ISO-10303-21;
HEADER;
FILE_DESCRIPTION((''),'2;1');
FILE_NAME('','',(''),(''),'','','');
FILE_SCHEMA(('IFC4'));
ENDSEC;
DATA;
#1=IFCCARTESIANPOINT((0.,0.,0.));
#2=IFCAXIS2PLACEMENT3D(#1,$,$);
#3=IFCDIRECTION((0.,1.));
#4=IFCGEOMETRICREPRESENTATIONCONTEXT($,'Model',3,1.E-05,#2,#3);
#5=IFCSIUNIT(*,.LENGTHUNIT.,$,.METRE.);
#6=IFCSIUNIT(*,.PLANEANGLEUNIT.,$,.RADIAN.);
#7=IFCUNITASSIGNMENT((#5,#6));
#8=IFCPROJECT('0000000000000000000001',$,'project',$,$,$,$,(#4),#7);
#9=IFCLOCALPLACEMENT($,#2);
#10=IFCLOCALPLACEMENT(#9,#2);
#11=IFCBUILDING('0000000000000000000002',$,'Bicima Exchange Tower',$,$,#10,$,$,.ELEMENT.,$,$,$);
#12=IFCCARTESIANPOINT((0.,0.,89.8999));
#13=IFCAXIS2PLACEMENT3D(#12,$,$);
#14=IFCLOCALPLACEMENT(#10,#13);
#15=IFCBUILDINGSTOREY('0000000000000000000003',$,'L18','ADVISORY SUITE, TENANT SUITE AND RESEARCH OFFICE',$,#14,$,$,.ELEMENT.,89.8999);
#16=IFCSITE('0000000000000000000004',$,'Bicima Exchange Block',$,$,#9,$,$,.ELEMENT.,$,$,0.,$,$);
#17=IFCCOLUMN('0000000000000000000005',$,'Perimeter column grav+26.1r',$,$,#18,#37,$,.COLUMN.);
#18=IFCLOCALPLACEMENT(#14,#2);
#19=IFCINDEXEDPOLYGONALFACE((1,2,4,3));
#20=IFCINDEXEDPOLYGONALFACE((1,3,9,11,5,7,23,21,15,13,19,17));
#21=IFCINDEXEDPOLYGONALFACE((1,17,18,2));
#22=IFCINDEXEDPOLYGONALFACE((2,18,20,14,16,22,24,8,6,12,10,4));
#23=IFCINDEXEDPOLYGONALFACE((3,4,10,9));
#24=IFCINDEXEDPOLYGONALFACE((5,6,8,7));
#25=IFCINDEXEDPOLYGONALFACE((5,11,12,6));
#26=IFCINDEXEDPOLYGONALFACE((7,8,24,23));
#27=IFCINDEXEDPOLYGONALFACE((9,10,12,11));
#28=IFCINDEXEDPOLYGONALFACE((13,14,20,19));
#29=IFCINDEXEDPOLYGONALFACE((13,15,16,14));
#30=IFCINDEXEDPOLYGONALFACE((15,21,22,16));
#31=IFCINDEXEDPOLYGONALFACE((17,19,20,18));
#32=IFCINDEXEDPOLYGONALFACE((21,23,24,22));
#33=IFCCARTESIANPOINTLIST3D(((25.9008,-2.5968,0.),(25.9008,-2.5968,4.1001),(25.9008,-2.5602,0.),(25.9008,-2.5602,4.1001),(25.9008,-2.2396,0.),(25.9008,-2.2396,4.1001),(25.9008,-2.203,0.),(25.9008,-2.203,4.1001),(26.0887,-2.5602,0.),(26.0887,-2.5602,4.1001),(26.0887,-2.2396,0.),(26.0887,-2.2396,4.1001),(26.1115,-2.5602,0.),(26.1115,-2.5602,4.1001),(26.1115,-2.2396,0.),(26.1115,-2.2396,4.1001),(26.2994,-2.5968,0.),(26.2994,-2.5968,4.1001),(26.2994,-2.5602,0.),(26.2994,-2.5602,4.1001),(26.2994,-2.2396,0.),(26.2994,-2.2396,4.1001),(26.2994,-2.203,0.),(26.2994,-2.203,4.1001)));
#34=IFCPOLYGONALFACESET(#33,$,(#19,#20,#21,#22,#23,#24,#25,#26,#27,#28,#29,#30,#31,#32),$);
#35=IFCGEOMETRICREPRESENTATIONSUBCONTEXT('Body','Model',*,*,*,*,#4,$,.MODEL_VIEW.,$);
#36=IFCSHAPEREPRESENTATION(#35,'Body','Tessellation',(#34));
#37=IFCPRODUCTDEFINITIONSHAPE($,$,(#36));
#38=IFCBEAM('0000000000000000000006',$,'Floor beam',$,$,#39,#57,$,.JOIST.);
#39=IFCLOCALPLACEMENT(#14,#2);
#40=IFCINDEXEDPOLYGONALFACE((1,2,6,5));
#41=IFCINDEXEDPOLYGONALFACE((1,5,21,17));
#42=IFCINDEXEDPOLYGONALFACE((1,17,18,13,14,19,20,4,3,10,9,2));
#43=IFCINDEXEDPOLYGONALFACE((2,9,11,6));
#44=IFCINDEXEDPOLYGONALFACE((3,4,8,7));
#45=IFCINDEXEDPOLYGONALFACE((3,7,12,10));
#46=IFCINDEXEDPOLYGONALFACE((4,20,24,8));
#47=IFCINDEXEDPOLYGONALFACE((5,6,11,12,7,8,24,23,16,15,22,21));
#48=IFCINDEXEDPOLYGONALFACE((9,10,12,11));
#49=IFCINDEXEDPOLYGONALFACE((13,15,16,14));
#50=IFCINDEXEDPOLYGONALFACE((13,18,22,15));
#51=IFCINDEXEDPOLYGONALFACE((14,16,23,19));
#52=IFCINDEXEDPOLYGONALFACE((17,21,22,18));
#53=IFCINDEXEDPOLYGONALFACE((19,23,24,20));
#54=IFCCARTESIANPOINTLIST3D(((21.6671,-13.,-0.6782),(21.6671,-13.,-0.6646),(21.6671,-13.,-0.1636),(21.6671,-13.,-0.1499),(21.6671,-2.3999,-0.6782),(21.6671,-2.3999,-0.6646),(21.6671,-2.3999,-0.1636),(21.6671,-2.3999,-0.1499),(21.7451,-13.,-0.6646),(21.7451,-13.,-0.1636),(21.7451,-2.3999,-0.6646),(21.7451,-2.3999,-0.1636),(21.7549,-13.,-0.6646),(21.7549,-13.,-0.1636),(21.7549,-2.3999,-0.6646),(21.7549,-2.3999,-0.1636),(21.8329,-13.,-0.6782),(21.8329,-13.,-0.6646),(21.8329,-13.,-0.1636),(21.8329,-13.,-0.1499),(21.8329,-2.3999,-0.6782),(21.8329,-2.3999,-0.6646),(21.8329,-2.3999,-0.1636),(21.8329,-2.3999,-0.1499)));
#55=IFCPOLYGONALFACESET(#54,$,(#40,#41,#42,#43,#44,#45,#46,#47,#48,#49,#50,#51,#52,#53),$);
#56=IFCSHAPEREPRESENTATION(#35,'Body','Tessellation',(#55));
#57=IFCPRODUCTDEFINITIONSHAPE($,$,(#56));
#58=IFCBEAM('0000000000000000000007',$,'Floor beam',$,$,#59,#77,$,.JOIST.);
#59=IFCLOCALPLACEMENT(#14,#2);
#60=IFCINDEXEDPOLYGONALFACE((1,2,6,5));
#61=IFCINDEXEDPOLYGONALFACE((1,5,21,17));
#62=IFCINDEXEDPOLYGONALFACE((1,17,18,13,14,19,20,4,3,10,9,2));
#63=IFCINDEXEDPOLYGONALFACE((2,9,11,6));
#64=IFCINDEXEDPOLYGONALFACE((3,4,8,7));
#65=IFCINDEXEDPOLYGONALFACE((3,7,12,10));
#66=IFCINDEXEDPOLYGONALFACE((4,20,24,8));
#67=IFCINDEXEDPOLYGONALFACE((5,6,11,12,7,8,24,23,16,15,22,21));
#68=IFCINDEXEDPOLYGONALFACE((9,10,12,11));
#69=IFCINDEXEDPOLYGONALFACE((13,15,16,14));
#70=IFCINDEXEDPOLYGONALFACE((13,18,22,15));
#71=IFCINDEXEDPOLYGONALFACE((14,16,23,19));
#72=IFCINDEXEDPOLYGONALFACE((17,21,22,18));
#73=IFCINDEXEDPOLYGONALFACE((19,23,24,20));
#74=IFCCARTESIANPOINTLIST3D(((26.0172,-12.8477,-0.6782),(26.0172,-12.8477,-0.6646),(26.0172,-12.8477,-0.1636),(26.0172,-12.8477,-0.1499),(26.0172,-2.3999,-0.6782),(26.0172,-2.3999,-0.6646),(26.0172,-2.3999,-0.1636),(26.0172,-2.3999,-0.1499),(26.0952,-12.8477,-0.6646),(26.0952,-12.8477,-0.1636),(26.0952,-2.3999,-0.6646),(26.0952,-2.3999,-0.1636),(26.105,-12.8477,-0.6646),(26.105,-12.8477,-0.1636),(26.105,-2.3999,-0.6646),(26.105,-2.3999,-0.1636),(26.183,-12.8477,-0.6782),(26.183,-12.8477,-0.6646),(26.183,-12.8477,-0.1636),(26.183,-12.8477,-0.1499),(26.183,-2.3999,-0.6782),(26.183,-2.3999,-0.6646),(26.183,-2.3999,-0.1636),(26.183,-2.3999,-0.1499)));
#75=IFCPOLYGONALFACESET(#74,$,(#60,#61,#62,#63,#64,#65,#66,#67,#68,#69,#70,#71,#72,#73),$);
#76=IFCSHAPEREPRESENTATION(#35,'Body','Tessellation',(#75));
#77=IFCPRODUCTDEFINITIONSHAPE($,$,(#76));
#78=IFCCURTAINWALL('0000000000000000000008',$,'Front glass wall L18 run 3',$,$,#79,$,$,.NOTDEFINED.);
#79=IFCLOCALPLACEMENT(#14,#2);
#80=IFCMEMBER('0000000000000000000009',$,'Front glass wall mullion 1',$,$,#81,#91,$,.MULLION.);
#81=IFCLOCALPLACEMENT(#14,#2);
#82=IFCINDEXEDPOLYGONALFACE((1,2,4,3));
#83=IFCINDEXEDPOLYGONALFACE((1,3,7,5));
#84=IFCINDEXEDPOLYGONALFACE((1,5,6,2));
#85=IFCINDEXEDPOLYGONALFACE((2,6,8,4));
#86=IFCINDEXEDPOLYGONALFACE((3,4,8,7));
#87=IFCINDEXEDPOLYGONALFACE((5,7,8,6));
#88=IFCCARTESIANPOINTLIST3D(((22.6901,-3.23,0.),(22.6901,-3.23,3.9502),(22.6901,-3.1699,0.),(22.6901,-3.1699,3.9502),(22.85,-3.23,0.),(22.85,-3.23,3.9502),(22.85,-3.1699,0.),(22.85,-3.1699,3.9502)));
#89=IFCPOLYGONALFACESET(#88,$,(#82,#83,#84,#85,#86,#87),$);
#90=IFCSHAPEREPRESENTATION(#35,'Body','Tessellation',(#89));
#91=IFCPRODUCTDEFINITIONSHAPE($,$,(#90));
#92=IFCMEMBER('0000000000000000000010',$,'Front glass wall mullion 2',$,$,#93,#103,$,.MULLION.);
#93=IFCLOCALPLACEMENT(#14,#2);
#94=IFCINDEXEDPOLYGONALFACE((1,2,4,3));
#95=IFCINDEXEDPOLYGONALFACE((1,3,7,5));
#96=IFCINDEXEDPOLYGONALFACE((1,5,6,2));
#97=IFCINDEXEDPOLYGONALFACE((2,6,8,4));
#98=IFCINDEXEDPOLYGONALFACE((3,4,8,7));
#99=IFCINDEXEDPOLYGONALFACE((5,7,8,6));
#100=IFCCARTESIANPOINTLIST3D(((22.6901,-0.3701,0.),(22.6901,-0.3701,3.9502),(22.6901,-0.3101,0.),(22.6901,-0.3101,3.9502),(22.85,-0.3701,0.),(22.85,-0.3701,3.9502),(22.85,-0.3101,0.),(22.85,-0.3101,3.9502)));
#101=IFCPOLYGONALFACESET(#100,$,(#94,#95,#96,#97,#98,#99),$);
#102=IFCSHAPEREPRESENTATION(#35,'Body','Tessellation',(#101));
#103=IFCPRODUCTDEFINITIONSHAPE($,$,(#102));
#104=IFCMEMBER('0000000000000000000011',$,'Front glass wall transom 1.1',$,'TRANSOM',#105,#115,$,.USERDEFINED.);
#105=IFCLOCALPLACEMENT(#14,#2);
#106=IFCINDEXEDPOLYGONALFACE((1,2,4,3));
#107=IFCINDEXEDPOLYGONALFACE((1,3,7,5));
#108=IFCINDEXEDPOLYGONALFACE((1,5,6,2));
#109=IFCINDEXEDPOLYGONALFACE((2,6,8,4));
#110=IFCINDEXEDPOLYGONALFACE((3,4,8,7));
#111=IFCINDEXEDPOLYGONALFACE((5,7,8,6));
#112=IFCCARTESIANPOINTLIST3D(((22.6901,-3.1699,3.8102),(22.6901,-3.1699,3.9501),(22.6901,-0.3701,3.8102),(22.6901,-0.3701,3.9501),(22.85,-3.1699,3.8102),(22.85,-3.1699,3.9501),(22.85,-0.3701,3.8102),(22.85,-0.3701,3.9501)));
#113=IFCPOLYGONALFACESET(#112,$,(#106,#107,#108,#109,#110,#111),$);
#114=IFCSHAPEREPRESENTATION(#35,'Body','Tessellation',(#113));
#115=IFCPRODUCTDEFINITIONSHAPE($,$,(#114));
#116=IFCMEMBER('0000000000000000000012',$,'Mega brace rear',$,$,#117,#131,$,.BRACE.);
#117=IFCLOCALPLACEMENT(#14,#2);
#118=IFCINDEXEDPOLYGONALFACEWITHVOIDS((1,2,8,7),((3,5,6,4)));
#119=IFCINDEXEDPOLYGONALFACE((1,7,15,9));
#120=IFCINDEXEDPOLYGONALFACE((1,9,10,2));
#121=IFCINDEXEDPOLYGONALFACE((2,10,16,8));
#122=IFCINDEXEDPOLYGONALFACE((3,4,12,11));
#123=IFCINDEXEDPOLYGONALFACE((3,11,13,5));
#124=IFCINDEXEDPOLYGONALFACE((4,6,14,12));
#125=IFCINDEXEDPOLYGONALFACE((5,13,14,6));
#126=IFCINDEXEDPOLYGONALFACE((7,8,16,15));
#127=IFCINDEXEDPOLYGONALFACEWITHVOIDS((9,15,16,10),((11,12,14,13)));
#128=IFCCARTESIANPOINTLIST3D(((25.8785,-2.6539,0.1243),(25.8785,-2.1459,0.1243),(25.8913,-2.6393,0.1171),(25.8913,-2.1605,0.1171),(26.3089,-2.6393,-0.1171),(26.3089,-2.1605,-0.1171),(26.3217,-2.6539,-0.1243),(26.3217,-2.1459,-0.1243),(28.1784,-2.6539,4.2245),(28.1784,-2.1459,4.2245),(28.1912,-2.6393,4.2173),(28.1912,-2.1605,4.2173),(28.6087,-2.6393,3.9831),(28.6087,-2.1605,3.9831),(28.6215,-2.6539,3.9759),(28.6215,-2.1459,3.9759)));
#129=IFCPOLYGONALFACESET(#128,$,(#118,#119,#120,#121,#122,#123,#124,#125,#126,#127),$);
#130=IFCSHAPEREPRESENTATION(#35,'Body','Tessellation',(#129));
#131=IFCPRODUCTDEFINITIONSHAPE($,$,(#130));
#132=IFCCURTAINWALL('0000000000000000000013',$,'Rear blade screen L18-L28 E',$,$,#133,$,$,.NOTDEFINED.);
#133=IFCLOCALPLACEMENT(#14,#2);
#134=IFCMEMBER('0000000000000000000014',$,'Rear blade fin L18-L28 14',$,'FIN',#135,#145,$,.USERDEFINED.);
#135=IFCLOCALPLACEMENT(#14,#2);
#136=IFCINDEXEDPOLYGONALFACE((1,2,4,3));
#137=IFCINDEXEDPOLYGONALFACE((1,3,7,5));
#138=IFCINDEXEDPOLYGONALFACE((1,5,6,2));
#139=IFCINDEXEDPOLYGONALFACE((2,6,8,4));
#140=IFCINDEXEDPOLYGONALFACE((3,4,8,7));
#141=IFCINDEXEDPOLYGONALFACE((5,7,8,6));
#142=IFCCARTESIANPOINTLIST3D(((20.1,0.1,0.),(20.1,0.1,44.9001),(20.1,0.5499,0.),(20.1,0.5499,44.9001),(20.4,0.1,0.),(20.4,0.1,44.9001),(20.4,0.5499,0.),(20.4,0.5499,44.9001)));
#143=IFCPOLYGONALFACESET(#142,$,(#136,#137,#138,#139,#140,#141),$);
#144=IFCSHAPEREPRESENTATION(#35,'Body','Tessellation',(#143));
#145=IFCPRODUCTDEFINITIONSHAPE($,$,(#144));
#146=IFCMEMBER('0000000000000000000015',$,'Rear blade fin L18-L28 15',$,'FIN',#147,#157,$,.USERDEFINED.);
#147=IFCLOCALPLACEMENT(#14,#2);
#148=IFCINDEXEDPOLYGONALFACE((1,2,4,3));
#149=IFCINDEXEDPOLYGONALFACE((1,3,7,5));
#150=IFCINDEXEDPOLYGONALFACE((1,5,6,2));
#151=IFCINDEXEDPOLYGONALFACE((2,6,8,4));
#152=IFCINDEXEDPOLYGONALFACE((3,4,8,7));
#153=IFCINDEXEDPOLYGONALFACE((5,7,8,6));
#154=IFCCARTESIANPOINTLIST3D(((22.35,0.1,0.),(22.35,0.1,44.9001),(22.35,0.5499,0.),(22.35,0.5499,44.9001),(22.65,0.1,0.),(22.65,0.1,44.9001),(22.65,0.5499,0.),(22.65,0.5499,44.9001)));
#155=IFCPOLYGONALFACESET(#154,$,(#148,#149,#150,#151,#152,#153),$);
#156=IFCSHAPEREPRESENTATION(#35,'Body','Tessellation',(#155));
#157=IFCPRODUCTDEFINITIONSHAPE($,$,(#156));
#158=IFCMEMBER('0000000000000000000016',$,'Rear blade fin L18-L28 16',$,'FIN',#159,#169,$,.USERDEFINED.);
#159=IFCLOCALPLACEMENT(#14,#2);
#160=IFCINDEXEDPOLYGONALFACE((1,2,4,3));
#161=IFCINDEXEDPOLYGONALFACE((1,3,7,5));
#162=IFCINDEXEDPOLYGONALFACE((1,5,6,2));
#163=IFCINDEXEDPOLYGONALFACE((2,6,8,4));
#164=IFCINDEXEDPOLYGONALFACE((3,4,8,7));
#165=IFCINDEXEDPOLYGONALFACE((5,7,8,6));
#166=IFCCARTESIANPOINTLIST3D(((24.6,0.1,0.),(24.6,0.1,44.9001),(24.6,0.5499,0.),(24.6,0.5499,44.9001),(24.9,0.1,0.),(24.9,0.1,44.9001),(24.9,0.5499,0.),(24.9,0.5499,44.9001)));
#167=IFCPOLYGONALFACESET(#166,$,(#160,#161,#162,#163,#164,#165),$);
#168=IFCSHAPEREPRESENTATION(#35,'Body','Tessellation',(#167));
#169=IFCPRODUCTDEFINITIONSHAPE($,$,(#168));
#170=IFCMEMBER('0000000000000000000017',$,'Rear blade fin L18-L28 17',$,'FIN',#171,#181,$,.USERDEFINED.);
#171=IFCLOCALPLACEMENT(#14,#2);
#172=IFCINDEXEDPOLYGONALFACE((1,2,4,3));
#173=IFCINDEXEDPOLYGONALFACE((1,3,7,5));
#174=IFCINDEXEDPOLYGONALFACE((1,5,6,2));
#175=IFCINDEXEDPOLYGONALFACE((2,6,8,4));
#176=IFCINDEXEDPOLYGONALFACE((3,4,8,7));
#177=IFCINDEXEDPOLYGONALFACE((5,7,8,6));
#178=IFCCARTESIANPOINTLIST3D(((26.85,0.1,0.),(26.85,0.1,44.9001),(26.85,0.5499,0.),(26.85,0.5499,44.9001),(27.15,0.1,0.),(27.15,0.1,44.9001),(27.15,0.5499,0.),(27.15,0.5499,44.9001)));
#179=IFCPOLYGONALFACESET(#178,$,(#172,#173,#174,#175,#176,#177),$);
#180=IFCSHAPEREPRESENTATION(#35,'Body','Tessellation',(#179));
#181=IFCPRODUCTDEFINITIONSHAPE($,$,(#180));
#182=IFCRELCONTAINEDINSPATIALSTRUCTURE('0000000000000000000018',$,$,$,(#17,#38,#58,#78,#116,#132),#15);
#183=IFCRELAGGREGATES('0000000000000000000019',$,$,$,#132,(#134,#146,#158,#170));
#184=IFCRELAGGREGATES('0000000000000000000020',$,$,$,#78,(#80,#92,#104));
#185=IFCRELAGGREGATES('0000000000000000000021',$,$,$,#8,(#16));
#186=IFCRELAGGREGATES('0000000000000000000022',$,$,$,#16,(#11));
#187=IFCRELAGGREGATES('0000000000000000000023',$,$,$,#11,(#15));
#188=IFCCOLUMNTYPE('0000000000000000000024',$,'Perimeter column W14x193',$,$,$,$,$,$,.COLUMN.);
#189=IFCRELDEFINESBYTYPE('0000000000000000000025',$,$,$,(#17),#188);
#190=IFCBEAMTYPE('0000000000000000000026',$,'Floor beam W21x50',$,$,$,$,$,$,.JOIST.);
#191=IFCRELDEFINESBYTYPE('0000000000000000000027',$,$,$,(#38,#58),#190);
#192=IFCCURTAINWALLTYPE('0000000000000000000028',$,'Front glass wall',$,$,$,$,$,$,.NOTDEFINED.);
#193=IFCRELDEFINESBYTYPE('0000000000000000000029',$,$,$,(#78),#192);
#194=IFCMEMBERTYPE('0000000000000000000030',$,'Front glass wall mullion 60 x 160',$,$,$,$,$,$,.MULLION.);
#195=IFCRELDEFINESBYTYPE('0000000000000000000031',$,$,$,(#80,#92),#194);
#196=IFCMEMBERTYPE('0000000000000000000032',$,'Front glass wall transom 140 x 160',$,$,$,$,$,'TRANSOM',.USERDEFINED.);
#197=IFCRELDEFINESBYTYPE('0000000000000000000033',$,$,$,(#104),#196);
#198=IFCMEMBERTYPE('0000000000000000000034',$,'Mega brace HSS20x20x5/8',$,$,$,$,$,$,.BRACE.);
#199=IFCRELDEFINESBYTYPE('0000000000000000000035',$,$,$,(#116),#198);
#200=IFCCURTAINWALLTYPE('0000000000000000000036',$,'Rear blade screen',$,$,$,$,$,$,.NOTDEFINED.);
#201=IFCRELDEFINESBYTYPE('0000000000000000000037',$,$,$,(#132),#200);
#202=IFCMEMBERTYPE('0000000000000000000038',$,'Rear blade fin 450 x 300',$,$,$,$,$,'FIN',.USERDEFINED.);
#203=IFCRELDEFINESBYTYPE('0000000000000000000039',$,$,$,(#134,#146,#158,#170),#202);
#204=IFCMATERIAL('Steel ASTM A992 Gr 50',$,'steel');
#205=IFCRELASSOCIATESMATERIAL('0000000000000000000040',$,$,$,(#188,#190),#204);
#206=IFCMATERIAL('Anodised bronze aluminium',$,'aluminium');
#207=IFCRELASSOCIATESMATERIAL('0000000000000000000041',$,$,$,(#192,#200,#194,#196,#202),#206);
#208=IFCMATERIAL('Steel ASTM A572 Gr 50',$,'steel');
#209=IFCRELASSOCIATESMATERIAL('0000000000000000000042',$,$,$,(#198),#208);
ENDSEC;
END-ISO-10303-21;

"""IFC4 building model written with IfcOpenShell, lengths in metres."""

from ifc_helpers import new_model, si_unit, direction, frame, origin, origin_2d, place, context, subcontext, project, spatial, rectangle, hollow_rectangle, i_section, extrude, material, material_profile, profile_set, type_object, element, aggregate, save


model = new_model("IFC4")

# Units and contexts
model_context = context("Model", 3, precision=1e-05, world=origin(), true_north=direction((0.0, 1.0)))
body_context = subcontext(model_context, "Body", "Model", "MODEL_VIEW")
ifc_project = project(units=[si_unit("LENGTHUNIT", "METRE"), si_unit("PLANEANGLEUNIT", "RADIAN")], contexts=[model_context])

# Site, building, storey
site_placement = place(None, origin())
site = spatial("IfcSite", under=ifc_project, at=site_placement, Name="Bicima Exchange Block", CompositionType="ELEMENT", RefElevation=0.0)
building_placement = place(site_placement, origin())
building = spatial("IfcBuilding", under=site, at=building_placement, Name="Bicima Exchange Tower", CompositionType="ELEMENT")
storey_placement = place(building_placement, frame((0.0, 0.0, 89.8999)))
storey = spatial("IfcBuildingStorey", under=building, at=storey_placement, Name="L18", Description="ADVISORY SUITE, TENANT SUITE AND RESEARCH OFFICE", CompositionType="ELEMENT", Elevation=89.8999)

# Column
ifc_material_1 = material(Name="Steel ASTM A992 Gr 50", Category="steel")
ifc_material_profile_1 = material_profile(ifc_material_1, i_section(OverallWidth=0.3987, OverallDepth=0.3938, WebThickness=0.0227, FlangeThickness=0.0366, at=origin_2d()))
ifc_profile_set_1 = profile_set([ifc_material_profile_1], Name="Steel ASTM A992 Gr 50")
column_type = type_object("IfcColumnType", Name="Perimeter column W14x193", PredefinedType="COLUMN", material=ifc_profile_set_1)
column_placement = place(storey_placement, frame((26.1001, -2.3999, 0.0), z_axis=(0.0, 0.0, 1.0), x_axis=(1.0, 0.0, 0.0)))
element("IfcColumn", 1, at=column_placement, inside=storey, type_object=column_type, Name="Perimeter column grav+26.1r", PredefinedType="COLUMN", context=body_context, shape_type="SweptSolid", body=[
    extrude(i_section(OverallWidth=0.3987, OverallDepth=0.3938, WebThickness=0.0227, FlangeThickness=0.0366, at=origin_2d()), origin(), (0.0, 0.0, 1.0), 4.1001),
])

# Beams
ifc_material_profile_2 = material_profile(ifc_material_1, i_section(OverallWidth=0.1658, OverallDepth=0.5283, WebThickness=0.0098, FlangeThickness=0.0137, at=origin_2d()))
ifc_profile_set_2 = profile_set([ifc_material_profile_2], Name="Steel ASTM A992 Gr 50")
beam_type = type_object("IfcBeamType", Name="Floor beam W21x50", PredefinedType="JOIST", material=ifc_profile_set_2)
beam_1_placement = place(storey_placement, frame((21.75, -2.3999, -0.4141), z_axis=(0.0, -1.0, 0.0), x_axis=(1.0, 0.0, 0.0)))
element("IfcBeam", 2, at=beam_1_placement, inside=storey, type_object=beam_type, Name="Floor beam", PredefinedType="JOIST", context=body_context, shape_type="SweptSolid", body=[
    extrude(i_section(OverallWidth=0.1658, OverallDepth=0.5283, WebThickness=0.0098, FlangeThickness=0.0137, at=origin_2d()), origin(), (0.0, 0.0, 1.0), 10.6001),
])
beam_2_placement = place(storey_placement, frame((26.1001, -2.3999, -0.4141), z_axis=(0.0, -1.0, 0.0), x_axis=(1.0, 0.0, 0.0)))
element("IfcBeam", 3, at=beam_2_placement, inside=storey, type_object=beam_type, Name="Floor beam", PredefinedType="JOIST", context=body_context, shape_type="SweptSolid", body=[
    extrude(i_section(OverallWidth=0.1658, OverallDepth=0.5283, WebThickness=0.0098, FlangeThickness=0.0137, at=origin_2d()), origin(), (0.0, 0.0, 1.0), 10.4478),
])

# Curtain wall, members
ifc_material_2 = material(Name="Anodised bronze aluminium", Category="aluminium")
curtain_wall_type_1 = type_object("IfcCurtainWallType", Name="Front glass wall", PredefinedType="NOTDEFINED", material=ifc_material_2)
curtain_wall_1_placement = place(storey_placement, origin())
curtain_wall_1 = element("IfcCurtainWall", 4, at=curtain_wall_1_placement, inside=storey, type_object=curtain_wall_type_1, Name="Front glass wall L18 run 3", PredefinedType="NOTDEFINED")
ifc_material_profile_3 = material_profile(ifc_material_2, rectangle(XDim=0.1599, YDim=0.0601, at=origin_2d()))
ifc_profile_set_3 = profile_set([ifc_material_profile_3], Name="Anodised bronze aluminium")
member_type_1 = type_object("IfcMemberType", Name="Front glass wall mullion 60 x 160", PredefinedType="MULLION", material=ifc_profile_set_3)
member_1_placement = place(storey_placement, frame((22.77, -3.2, 0.0), z_axis=(0.0, 0.0, 1.0), x_axis=(-1.0, 0.0, 0.0)))
member_1 = element("IfcMember", 5, at=member_1_placement, type_object=member_type_1, Name="Front glass wall mullion 1", PredefinedType="MULLION", context=body_context, shape_type="SweptSolid", body=[
    extrude(rectangle(XDim=0.1599, YDim=0.0601, at=origin_2d()), origin(), (0.0, 0.0, 1.0), 3.9502),
])
member_2_placement = place(storey_placement, frame((22.77, -0.3401, 0.0), z_axis=(0.0, 0.0, 1.0), x_axis=(-1.0, 0.0, 0.0)))
member_2 = element("IfcMember", 6, at=member_2_placement, type_object=member_type_1, Name="Front glass wall mullion 2", PredefinedType="MULLION", context=body_context, shape_type="SweptSolid", body=[
    extrude(rectangle(XDim=0.1599, YDim=0.0601, at=origin_2d()), origin(), (0.0, 0.0, 1.0), 3.9502),
])
ifc_material_profile_4 = material_profile(ifc_material_2, rectangle(XDim=0.1599, YDim=0.1399, at=origin_2d()))
ifc_profile_set_4 = profile_set([ifc_material_profile_4], Name="Anodised bronze aluminium")
member_type_2 = type_object("IfcMemberType", Name="Front glass wall transom 140 x 160", ElementType="TRANSOM", PredefinedType="USERDEFINED", material=ifc_profile_set_4)
member_3_placement = place(storey_placement, frame((22.77, -3.1699, 3.8801), z_axis=(0.0, 1.0, 0.0), x_axis=(-1.0, 0.0, 0.0)))
member_3 = element("IfcMember", 7, at=member_3_placement, type_object=member_type_2, Name="Front glass wall transom 1.1", ObjectType="TRANSOM", PredefinedType="USERDEFINED", context=body_context, shape_type="SweptSolid", body=[
    extrude(rectangle(XDim=0.1599, YDim=0.1399, at=origin_2d()), origin(), (0.0, 0.0, 1.0), 2.7998),
])

# Member
ifc_material_3 = material(Name="Steel ASTM A572 Gr 50", Category="steel")
ifc_material_profile_5 = material_profile(ifc_material_3, hollow_rectangle(XDim=0.5081, YDim=0.5081, WallThickness=0.0146, at=origin_2d()))
ifc_profile_set_5 = profile_set([ifc_material_profile_5], Name="Steel ASTM A572 Gr 50")
member_type_3 = type_object("IfcMemberType", Name="Mega brace HSS20x20x5/8", PredefinedType="BRACE", material=ifc_profile_set_5)
member_4_placement = place(storey_placement, frame((26.1001, -2.3999, 0.0), z_axis=(0.489211, 0.0, 0.872166), x_axis=(0.0, 1.0, 0.0)))
element("IfcMember", 8, at=member_4_placement, inside=storey, type_object=member_type_3, Name="Mega brace rear", PredefinedType="BRACE", context=body_context, shape_type="SweptSolid", body=[
    extrude(hollow_rectangle(XDim=0.5081, YDim=0.5081, WallThickness=0.0146, at=origin_2d()), origin(), (0.0, 0.0, 1.0), 4.7012),
])

# Curtain wall, members
curtain_wall_type_2 = type_object("IfcCurtainWallType", Name="Rear blade screen", PredefinedType="NOTDEFINED", material=ifc_material_2)
curtain_wall_2_placement = place(storey_placement, origin())
curtain_wall_2 = element("IfcCurtainWall", 9, at=curtain_wall_2_placement, inside=storey, type_object=curtain_wall_type_2, Name="Rear blade screen L18-L28 E", PredefinedType="NOTDEFINED")
ifc_material_profile_6 = material_profile(ifc_material_2, rectangle(XDim=0.45, YDim=0.3, at=origin_2d()))
ifc_profile_set_6 = profile_set([ifc_material_profile_6], Name="Anodised bronze aluminium")
member_type_4 = type_object("IfcMemberType", Name="Rear blade fin 450 x 300", ElementType="FIN", PredefinedType="USERDEFINED", material=ifc_profile_set_6)
member_5_placement = place(storey_placement, frame((20.25, 0.325, 0.0), z_axis=(0.0, 0.0, 1.0), x_axis=(0.0, 1.0, 0.0)))
member_5 = element("IfcMember", 10, at=member_5_placement, type_object=member_type_4, Name="Rear blade fin L18-L28 14", ObjectType="FIN", PredefinedType="USERDEFINED", context=body_context, shape_type="SweptSolid", body=[
    extrude(rectangle(XDim=0.45, YDim=0.3, at=origin_2d()), origin(), (0.0, 0.0, 1.0), 44.9001),
])
member_6_placement = place(storey_placement, frame((22.5, 0.325, 0.0), z_axis=(0.0, 0.0, 1.0), x_axis=(0.0, 1.0, 0.0)))
member_6 = element("IfcMember", 11, at=member_6_placement, type_object=member_type_4, Name="Rear blade fin L18-L28 15", ObjectType="FIN", PredefinedType="USERDEFINED", context=body_context, shape_type="SweptSolid", body=[
    extrude(rectangle(XDim=0.45, YDim=0.3, at=origin_2d()), origin(), (0.0, 0.0, 1.0), 44.9001),
])
member_7_placement = place(storey_placement, frame((24.75, 0.325, 0.0), z_axis=(0.0, 0.0, 1.0), x_axis=(0.0, 1.0, 0.0)))
member_7 = element("IfcMember", 12, at=member_7_placement, type_object=member_type_4, Name="Rear blade fin L18-L28 16", ObjectType="FIN", PredefinedType="USERDEFINED", context=body_context, shape_type="SweptSolid", body=[
    extrude(rectangle(XDim=0.45, YDim=0.3, at=origin_2d()), origin(), (0.0, 0.0, 1.0), 44.9001),
])
member_8_placement = place(storey_placement, frame((27.0, 0.325, 0.0), z_axis=(0.0, 0.0, 1.0), x_axis=(0.0, 1.0, 0.0)))
member_8 = element("IfcMember", 13, at=member_8_placement, type_object=member_type_4, Name="Rear blade fin L18-L28 17", ObjectType="FIN", PredefinedType="USERDEFINED", context=body_context, shape_type="SweptSolid", body=[
    extrude(rectangle(XDim=0.45, YDim=0.3, at=origin_2d()), origin(), (0.0, 0.0, 1.0), 44.9001),
])
aggregate(curtain_wall_2, [member_5, member_6, member_7, member_8])

aggregate(curtain_wall_1, [member_1, member_2, member_3])

save(model, "model.ifc")
